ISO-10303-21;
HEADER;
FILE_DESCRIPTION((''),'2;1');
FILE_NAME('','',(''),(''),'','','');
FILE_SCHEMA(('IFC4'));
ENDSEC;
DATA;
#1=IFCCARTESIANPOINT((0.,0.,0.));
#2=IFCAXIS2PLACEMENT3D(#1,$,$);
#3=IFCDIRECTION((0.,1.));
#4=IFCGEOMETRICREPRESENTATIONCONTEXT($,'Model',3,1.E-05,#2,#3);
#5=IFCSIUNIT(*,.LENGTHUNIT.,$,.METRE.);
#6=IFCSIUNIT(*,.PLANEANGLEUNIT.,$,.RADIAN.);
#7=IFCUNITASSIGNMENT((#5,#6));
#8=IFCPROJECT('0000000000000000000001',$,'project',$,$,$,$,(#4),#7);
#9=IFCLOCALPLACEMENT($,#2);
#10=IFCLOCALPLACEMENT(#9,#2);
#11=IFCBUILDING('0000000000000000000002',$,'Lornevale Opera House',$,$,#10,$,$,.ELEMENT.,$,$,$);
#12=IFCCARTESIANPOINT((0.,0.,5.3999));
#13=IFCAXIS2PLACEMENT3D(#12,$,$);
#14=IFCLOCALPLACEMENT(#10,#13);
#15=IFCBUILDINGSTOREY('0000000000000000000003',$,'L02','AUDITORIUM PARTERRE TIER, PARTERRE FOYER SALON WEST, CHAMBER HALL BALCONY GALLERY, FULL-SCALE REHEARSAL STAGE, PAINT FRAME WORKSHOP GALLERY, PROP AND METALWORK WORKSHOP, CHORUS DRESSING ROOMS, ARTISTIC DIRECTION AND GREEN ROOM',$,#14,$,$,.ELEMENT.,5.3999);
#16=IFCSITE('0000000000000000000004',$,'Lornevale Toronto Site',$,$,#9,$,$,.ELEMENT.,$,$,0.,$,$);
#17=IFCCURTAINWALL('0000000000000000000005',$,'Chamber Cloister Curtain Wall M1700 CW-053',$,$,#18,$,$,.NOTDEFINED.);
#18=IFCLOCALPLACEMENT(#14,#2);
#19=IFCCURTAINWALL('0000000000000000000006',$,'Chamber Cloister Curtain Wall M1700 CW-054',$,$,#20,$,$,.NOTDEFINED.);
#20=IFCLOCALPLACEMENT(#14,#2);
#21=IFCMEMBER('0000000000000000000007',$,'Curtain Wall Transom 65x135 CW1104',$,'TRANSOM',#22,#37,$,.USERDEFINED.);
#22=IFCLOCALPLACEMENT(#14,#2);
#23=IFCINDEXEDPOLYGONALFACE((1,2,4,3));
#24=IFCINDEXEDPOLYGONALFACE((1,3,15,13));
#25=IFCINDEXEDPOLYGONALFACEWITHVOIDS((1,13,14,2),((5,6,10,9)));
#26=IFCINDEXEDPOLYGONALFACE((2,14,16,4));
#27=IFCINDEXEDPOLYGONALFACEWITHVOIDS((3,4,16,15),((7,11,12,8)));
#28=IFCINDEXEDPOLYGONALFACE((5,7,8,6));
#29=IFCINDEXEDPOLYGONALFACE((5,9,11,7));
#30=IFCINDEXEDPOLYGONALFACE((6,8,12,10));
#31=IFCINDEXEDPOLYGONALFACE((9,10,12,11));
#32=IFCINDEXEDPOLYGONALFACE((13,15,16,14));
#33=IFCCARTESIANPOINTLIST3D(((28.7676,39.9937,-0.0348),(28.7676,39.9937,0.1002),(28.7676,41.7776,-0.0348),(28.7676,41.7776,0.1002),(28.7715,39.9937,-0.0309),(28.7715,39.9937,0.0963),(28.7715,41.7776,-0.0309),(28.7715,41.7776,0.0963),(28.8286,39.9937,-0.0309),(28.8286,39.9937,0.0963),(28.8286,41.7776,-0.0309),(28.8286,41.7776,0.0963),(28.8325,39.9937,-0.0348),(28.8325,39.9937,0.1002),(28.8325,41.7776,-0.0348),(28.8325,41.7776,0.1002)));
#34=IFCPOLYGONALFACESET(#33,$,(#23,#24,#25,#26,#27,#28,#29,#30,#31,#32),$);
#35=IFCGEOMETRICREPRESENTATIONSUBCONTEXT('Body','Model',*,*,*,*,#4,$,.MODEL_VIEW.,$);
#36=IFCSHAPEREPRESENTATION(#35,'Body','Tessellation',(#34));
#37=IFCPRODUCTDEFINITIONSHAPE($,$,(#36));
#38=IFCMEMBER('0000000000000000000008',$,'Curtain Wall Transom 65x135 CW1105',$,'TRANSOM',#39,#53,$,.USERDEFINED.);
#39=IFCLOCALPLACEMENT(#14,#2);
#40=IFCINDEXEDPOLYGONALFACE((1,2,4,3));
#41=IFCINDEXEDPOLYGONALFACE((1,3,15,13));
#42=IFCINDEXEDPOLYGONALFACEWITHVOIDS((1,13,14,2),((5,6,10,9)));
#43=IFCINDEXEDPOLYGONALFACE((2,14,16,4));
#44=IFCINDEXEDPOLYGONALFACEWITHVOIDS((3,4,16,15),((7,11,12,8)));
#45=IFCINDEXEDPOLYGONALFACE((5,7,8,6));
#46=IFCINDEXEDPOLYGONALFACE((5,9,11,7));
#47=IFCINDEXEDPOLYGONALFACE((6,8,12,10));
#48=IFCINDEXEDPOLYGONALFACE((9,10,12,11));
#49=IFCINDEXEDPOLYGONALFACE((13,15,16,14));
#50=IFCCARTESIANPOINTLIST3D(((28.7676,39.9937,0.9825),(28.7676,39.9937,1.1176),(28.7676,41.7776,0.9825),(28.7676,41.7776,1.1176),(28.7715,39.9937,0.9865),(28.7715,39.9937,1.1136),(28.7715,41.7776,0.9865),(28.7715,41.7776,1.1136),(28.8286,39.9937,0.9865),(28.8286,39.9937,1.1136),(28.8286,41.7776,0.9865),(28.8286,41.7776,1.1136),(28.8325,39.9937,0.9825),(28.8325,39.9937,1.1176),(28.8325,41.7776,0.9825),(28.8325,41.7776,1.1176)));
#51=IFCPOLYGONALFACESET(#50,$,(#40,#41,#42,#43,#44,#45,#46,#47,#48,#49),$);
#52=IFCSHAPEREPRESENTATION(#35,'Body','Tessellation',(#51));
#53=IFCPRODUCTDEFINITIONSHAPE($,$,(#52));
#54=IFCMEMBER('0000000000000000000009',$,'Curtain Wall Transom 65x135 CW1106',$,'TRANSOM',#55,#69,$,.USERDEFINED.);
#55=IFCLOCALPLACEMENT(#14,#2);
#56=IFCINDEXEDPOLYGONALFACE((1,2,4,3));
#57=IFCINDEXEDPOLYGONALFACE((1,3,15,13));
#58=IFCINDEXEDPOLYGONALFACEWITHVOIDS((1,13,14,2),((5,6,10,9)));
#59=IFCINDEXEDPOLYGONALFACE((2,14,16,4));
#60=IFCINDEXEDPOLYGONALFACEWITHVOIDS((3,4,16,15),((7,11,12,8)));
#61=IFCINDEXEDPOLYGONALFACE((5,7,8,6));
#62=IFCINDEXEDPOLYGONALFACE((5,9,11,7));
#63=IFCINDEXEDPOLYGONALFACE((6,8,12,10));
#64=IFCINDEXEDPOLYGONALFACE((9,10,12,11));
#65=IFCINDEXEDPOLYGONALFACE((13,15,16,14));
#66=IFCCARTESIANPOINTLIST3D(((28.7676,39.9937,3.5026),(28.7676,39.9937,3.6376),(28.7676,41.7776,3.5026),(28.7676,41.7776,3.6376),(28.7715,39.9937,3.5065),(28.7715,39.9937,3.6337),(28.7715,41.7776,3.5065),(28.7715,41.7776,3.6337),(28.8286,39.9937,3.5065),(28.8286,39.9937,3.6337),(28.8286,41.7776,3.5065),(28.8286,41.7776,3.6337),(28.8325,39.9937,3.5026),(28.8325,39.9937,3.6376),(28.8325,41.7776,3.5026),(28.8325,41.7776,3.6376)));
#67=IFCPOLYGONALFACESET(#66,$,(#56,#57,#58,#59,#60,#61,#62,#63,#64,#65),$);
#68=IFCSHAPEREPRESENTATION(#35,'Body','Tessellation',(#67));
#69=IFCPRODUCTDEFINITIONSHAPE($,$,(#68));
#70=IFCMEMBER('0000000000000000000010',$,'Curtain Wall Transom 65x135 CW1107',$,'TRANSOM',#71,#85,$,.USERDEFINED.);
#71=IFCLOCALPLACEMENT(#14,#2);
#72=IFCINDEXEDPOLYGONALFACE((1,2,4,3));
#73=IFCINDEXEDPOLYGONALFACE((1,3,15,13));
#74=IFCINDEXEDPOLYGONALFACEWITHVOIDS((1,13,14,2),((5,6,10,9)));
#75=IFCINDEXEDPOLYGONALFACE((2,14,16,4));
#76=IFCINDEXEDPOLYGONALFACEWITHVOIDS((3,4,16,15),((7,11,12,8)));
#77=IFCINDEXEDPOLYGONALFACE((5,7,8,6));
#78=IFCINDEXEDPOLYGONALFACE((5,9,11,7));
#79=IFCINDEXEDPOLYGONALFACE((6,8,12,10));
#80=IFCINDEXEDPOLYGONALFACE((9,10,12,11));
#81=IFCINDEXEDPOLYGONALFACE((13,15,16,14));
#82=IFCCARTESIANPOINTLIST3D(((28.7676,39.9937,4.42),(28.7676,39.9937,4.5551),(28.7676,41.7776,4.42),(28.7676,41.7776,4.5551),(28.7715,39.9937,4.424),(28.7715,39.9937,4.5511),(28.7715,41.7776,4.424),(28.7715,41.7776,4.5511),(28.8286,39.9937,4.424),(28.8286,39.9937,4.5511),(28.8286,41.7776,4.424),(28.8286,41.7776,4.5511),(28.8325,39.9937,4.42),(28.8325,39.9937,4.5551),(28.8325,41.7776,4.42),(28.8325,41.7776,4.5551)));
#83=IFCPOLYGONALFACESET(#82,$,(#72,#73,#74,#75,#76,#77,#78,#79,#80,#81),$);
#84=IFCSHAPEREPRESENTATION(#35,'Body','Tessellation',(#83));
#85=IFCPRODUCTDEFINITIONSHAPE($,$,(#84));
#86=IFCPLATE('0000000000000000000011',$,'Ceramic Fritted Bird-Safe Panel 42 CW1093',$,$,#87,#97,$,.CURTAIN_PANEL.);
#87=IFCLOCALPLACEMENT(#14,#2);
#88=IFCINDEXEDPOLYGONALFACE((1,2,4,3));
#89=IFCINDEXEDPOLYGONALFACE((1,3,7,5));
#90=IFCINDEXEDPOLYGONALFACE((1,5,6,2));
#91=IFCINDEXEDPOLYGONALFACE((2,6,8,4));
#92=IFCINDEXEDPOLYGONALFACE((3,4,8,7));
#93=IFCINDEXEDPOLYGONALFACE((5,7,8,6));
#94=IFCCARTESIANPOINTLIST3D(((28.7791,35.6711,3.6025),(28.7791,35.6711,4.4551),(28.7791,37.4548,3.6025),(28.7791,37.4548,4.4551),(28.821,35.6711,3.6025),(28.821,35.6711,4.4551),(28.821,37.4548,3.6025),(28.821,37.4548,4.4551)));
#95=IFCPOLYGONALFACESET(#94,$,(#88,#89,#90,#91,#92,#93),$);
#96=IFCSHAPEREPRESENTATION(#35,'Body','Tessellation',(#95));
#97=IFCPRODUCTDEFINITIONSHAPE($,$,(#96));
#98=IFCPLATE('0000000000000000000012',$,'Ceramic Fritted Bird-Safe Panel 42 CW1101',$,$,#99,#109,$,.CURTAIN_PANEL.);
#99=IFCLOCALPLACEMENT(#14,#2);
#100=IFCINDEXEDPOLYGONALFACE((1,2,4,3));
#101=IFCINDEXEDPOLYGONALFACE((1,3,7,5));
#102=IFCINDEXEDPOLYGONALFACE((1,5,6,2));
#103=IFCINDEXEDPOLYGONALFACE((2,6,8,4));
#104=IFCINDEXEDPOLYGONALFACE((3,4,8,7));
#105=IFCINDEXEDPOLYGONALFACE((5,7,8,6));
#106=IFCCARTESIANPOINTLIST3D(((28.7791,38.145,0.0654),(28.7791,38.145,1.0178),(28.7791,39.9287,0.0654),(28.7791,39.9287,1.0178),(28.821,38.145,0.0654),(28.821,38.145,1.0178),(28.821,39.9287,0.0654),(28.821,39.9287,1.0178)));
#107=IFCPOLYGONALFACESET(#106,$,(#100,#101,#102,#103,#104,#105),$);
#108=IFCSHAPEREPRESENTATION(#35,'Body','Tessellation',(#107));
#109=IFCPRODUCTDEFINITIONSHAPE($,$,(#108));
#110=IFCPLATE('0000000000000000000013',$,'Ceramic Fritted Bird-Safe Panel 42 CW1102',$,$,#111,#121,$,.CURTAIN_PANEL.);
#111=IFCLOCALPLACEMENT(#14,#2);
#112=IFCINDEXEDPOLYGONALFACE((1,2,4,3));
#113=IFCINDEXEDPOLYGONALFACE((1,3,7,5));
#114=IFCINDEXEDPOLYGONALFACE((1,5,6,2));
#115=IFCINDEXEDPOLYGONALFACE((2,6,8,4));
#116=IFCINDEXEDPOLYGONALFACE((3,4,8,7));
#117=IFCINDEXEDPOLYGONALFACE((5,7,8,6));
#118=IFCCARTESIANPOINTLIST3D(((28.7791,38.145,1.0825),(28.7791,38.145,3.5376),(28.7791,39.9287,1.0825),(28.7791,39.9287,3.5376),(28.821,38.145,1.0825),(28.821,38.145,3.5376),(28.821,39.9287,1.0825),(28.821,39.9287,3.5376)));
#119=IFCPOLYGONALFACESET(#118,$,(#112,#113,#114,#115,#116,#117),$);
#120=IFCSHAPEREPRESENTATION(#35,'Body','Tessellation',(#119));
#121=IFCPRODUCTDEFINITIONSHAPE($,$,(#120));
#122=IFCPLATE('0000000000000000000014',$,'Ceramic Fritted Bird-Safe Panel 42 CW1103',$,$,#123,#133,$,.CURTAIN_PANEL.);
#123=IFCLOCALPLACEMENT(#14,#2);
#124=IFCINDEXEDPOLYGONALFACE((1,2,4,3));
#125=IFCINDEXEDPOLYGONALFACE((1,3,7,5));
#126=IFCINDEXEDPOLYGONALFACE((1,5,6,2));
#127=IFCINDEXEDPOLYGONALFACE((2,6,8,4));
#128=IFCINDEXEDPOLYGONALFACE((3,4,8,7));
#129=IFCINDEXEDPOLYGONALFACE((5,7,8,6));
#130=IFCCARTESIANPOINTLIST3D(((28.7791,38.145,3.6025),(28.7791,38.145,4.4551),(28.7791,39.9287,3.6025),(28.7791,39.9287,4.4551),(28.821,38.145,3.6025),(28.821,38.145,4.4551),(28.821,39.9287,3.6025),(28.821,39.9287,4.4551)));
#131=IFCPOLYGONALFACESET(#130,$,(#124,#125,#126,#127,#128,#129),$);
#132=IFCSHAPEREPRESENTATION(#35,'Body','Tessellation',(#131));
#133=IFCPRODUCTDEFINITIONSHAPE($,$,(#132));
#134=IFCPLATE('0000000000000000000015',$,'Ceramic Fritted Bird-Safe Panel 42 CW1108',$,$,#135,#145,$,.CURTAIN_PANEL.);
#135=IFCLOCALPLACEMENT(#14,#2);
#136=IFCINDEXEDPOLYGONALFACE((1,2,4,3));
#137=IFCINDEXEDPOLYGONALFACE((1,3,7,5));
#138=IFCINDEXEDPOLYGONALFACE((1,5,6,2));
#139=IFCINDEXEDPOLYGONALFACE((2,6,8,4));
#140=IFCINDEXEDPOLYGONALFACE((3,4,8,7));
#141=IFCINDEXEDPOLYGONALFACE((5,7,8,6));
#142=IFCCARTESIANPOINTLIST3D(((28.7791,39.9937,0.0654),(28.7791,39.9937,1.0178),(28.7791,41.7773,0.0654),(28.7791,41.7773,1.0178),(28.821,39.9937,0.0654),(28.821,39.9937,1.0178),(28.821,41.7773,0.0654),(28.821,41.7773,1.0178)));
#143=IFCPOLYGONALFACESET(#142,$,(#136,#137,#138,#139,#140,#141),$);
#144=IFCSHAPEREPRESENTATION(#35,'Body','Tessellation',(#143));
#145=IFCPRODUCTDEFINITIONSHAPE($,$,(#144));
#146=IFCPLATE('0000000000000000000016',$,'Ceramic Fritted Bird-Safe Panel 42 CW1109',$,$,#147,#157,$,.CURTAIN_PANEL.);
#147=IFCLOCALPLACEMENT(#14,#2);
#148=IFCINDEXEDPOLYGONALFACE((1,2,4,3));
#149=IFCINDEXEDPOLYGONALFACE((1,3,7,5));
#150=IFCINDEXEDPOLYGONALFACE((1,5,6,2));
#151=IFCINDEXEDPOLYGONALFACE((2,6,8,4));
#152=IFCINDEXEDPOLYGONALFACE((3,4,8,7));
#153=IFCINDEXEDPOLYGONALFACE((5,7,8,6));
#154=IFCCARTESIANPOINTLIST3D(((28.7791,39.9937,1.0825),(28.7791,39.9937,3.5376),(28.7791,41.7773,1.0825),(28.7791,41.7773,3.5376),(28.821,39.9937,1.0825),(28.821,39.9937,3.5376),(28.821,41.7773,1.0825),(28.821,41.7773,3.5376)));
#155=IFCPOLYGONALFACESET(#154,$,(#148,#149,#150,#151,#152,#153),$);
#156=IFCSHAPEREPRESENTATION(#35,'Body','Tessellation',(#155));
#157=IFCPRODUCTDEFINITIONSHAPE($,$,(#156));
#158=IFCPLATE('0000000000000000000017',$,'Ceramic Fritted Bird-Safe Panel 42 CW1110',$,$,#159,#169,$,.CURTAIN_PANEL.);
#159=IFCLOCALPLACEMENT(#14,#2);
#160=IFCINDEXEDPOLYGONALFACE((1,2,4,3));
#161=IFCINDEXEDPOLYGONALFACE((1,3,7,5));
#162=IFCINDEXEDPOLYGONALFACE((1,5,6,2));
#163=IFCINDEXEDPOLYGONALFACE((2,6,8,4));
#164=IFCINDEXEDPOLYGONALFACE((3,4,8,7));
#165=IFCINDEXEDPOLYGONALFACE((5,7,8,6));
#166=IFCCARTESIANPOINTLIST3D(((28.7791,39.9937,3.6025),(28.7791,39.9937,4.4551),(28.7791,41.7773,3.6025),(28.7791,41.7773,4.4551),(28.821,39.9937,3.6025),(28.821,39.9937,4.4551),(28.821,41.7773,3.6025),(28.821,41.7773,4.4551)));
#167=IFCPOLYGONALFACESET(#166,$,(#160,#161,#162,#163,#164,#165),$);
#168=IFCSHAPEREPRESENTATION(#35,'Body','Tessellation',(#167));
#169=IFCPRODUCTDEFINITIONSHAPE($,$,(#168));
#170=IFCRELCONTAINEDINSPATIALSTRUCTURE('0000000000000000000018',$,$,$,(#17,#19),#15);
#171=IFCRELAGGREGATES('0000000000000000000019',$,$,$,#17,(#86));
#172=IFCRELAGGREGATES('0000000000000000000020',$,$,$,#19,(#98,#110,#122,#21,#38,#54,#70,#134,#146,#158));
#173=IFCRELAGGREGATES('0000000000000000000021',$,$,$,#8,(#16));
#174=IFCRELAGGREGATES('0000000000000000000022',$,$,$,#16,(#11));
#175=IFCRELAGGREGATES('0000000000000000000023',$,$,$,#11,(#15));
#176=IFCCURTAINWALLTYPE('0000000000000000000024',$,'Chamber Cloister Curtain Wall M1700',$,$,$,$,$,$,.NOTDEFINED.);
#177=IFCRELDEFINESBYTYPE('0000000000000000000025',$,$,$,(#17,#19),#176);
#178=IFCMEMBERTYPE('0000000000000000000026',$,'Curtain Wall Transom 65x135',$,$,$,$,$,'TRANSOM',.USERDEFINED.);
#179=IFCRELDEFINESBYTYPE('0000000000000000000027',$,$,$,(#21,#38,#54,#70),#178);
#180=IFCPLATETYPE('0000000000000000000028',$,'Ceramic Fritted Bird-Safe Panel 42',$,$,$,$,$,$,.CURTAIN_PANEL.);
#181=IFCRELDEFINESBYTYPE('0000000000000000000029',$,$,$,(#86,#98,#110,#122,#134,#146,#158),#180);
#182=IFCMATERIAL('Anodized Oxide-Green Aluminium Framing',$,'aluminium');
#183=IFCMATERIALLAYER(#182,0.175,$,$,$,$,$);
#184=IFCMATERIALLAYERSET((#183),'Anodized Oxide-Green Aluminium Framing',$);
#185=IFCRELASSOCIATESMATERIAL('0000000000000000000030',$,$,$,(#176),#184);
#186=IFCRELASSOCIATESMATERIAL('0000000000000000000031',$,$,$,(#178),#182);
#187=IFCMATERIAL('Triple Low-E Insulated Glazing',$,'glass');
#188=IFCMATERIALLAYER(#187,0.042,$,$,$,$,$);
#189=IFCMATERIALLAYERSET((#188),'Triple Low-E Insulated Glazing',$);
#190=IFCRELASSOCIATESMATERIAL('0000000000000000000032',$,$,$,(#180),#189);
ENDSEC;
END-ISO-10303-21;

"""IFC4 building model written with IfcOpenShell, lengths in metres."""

from ifc_helpers import new_model, si_unit, direction, frame, origin, origin_2d, place, context, subcontext, project, spatial, rectangle, hollow_rectangle, extrude, material, layer, layer_set, material_profile, profile_set, type_object, element, aggregate, save


model = new_model("IFC4")

# Units and contexts
model_context = context("Model", 3, precision=1e-05, world=origin(), true_north=direction((0.0, 1.0)))
body_context = subcontext(model_context, "Body", "Model", "MODEL_VIEW")
ifc_project = project(units=[si_unit("LENGTHUNIT", "METRE"), si_unit("PLANEANGLEUNIT", "RADIAN")], contexts=[model_context])

# Site, building, storey
site_placement = place(None, origin())
site = spatial("IfcSite", under=ifc_project, at=site_placement, Name="Lornevale Toronto Site", CompositionType="ELEMENT", RefElevation=0.0)
building_placement = place(site_placement, origin())
building = spatial("IfcBuilding", under=site, at=building_placement, Name="Lornevale Opera House", CompositionType="ELEMENT")
storey_placement = place(building_placement, frame((0.0, 0.0, 5.3999)))
storey = spatial("IfcBuildingStorey", under=building, at=storey_placement, Name="L02", Description="AUDITORIUM PARTERRE TIER, PARTERRE FOYER SALON WEST, CHAMBER HALL BALCONY GALLERY, FULL-SCALE REHEARSAL STAGE, PAINT FRAME WORKSHOP GALLERY, PROP AND METALWORK WORKSHOP, CHORUS DRESSING ROOMS, ARTISTIC DIRECTION AND GREEN ROOM", CompositionType="ELEMENT", Elevation=5.3999)

# Curtain wall
ifc_material_1 = material(Name="Anodized Oxide-Green Aluminium Framing", Category="aluminium")
ifc_layer_1 = layer(ifc_material_1, 0.175)
ifc_layer_set_1 = layer_set([ifc_layer_1], Name="Anodized Oxide-Green Aluminium Framing")
curtain_wall_type = type_object("IfcCurtainWallType", Name="Chamber Cloister Curtain Wall M1700", PredefinedType="NOTDEFINED", material=ifc_layer_set_1)
curtain_wall_1_placement = place(storey_placement, origin())
curtain_wall_1 = element("IfcCurtainWall", 1, at=curtain_wall_1_placement, inside=storey, type_object=curtain_wall_type, Name="Chamber Cloister Curtain Wall M1700 CW-053", PredefinedType="NOTDEFINED")

# Curtain wall
curtain_wall_2_placement = place(storey_placement, origin())
curtain_wall_2 = element("IfcCurtainWall", 2, at=curtain_wall_2_placement, inside=storey, type_object=curtain_wall_type, Name="Chamber Cloister Curtain Wall M1700 CW-054", PredefinedType="NOTDEFINED")

# Members
ifc_material_profile_1 = material_profile(ifc_material_1, hollow_rectangle(XDim=0.0649, YDim=0.135, WallThickness=0.0039, at=origin_2d()), Name="ALU65x135x4")
ifc_profile_set_1 = profile_set([ifc_material_profile_1], Name="Anodized Oxide-Green Aluminium Framing")
member_type_1 = type_object("IfcMemberType", Name="Curtain Wall Transom 65x135", ElementType="TRANSOM", PredefinedType="USERDEFINED", material=ifc_profile_set_1)
member_1_placement = place(storey_placement, frame((28.8, 39.9937, 0.0327), z_axis=(0.0, 1.0, 0.0), x_axis=(-1.0, 0.0, 0.0)))
member_1 = element("IfcMember", 3, at=member_1_placement, type_object=member_type_1, Name="Curtain Wall Transom 65x135 CW1104", ObjectType="TRANSOM", PredefinedType="USERDEFINED", context=body_context, shape_type="SweptSolid", body=[
    extrude(hollow_rectangle(XDim=0.0649, YDim=0.135, WallThickness=0.0039, at=origin_2d()), origin(), (0.0, 0.0, 1.0), 1.7839),
])
member_2_placement = place(storey_placement, frame((28.8, 39.9937, 1.05), z_axis=(0.0, 1.0, 0.0), x_axis=(-1.0, 0.0, 0.0)))
member_2 = element("IfcMember", 4, at=member_2_placement, type_object=member_type_1, Name="Curtain Wall Transom 65x135 CW1105", ObjectType="TRANSOM", PredefinedType="USERDEFINED", context=body_context, shape_type="SweptSolid", body=[
    extrude(hollow_rectangle(XDim=0.0649, YDim=0.135, WallThickness=0.0039, at=origin_2d()), origin(), (0.0, 0.0, 1.0), 1.7839),
])
member_3_placement = place(storey_placement, frame((28.8, 39.9937, 3.5701), z_axis=(0.0, 1.0, 0.0), x_axis=(-1.0, 0.0, 0.0)))
member_3 = element("IfcMember", 5, at=member_3_placement, type_object=member_type_1, Name="Curtain Wall Transom 65x135 CW1106", ObjectType="TRANSOM", PredefinedType="USERDEFINED", context=body_context, shape_type="SweptSolid", body=[
    extrude(hollow_rectangle(XDim=0.0649, YDim=0.135, WallThickness=0.0039, at=origin_2d()), origin(), (0.0, 0.0, 1.0), 1.7839),
])
member_4_placement = place(storey_placement, frame((28.8, 39.9937, 4.4875), z_axis=(0.0, 1.0, 0.0), x_axis=(-1.0, 0.0, 0.0)))
member_4 = element("IfcMember", 6, at=member_4_placement, type_object=member_type_1, Name="Curtain Wall Transom 65x135 CW1107", ObjectType="TRANSOM", PredefinedType="USERDEFINED", context=body_context, shape_type="SweptSolid", body=[
    extrude(hollow_rectangle(XDim=0.0649, YDim=0.135, WallThickness=0.0039, at=origin_2d()), origin(), (0.0, 0.0, 1.0), 1.7839),
])

# Plates
ifc_material_2 = material(Name="Triple Low-E Insulated Glazing", Category="glass")
ifc_layer_2 = layer(ifc_material_2, 0.042)
ifc_layer_set_2 = layer_set([ifc_layer_2], Name="Triple Low-E Insulated Glazing")
plate_type = type_object("IfcPlateType", Name="Ceramic Fritted Bird-Safe Panel 42", PredefinedType="CURTAIN_PANEL", material=ifc_layer_set_2)
plate_1_placement = place(storey_placement, frame((28.8, 36.563, 3.6025), z_axis=(0.0, 0.0, 1.0), x_axis=(0.0, 1.0, 0.0)))
plate_1 = element("IfcPlate", 7, at=plate_1_placement, type_object=plate_type, Name="Ceramic Fritted Bird-Safe Panel 42 CW1093", PredefinedType="CURTAIN_PANEL", context=body_context, shape_type="SweptSolid", body=[
    extrude(rectangle(XDim=1.7837, YDim=0.042, at=origin_2d()), origin(), (0.0, 0.0, 1.0), 0.8525),
])
aggregate(curtain_wall_1, [plate_1])
plate_2_placement = place(storey_placement, frame((28.8, 39.0369, 0.0654), z_axis=(0.0, 0.0, 1.0), x_axis=(0.0, 1.0, 0.0)))
plate_2 = element("IfcPlate", 8, at=plate_2_placement, type_object=plate_type, Name="Ceramic Fritted Bird-Safe Panel 42 CW1101", PredefinedType="CURTAIN_PANEL", context=body_context, shape_type="SweptSolid", body=[
    extrude(rectangle(XDim=1.7837, YDim=0.042, at=origin_2d()), origin(), (0.0, 0.0, 1.0), 0.9524),
])
plate_3_placement = place(storey_placement, frame((28.8, 39.0369, 1.0825), z_axis=(0.0, 0.0, 1.0), x_axis=(0.0, 1.0, 0.0)))
plate_3 = element("IfcPlate", 9, at=plate_3_placement, type_object=plate_type, Name="Ceramic Fritted Bird-Safe Panel 42 CW1102", PredefinedType="CURTAIN_PANEL", context=body_context, shape_type="SweptSolid", body=[
    extrude(rectangle(XDim=1.7837, YDim=0.042, at=origin_2d()), origin(), (0.0, 0.0, 1.0), 2.4551),
])
plate_4_placement = place(storey_placement, frame((28.8, 39.0369, 3.6025), z_axis=(0.0, 0.0, 1.0), x_axis=(0.0, 1.0, 0.0)))
plate_4 = element("IfcPlate", 10, at=plate_4_placement, type_object=plate_type, Name="Ceramic Fritted Bird-Safe Panel 42 CW1103", PredefinedType="CURTAIN_PANEL", context=body_context, shape_type="SweptSolid", body=[
    extrude(rectangle(XDim=1.7837, YDim=0.042, at=origin_2d()), origin(), (0.0, 0.0, 1.0), 0.8525),
])
plate_5_placement = place(storey_placement, frame((28.8, 40.8855, 0.0654), z_axis=(0.0, 0.0, 1.0), x_axis=(0.0, 1.0, 0.0)))
plate_5 = element("IfcPlate", 11, at=plate_5_placement, type_object=plate_type, Name="Ceramic Fritted Bird-Safe Panel 42 CW1108", PredefinedType="CURTAIN_PANEL", context=body_context, shape_type="SweptSolid", body=[
    extrude(rectangle(XDim=1.7837, YDim=0.042, at=origin_2d()), origin(), (0.0, 0.0, 1.0), 0.9524),
])
plate_6_placement = place(storey_placement, frame((28.8, 40.8855, 1.0825), z_axis=(0.0, 0.0, 1.0), x_axis=(0.0, 1.0, 0.0)))
plate_6 = element("IfcPlate", 12, at=plate_6_placement, type_object=plate_type, Name="Ceramic Fritted Bird-Safe Panel 42 CW1109", PredefinedType="CURTAIN_PANEL", context=body_context, shape_type="SweptSolid", body=[
    extrude(rectangle(XDim=1.7837, YDim=0.042, at=origin_2d()), origin(), (0.0, 0.0, 1.0), 2.4551),
])
plate_7_placement = place(storey_placement, frame((28.8, 40.8855, 3.6025), z_axis=(0.0, 0.0, 1.0), x_axis=(0.0, 1.0, 0.0)))
plate_7 = element("IfcPlate", 13, at=plate_7_placement, type_object=plate_type, Name="Ceramic Fritted Bird-Safe Panel 42 CW1110", PredefinedType="CURTAIN_PANEL", context=body_context, shape_type="SweptSolid", body=[
    extrude(rectangle(XDim=1.7837, YDim=0.042, at=origin_2d()), origin(), (0.0, 0.0, 1.0), 0.8525),
])
aggregate(curtain_wall_2, [plate_2, plate_3, plate_4, member_1, member_2, member_3, member_4, plate_5, plate_6, plate_7])

save(model, "model.ifc")
